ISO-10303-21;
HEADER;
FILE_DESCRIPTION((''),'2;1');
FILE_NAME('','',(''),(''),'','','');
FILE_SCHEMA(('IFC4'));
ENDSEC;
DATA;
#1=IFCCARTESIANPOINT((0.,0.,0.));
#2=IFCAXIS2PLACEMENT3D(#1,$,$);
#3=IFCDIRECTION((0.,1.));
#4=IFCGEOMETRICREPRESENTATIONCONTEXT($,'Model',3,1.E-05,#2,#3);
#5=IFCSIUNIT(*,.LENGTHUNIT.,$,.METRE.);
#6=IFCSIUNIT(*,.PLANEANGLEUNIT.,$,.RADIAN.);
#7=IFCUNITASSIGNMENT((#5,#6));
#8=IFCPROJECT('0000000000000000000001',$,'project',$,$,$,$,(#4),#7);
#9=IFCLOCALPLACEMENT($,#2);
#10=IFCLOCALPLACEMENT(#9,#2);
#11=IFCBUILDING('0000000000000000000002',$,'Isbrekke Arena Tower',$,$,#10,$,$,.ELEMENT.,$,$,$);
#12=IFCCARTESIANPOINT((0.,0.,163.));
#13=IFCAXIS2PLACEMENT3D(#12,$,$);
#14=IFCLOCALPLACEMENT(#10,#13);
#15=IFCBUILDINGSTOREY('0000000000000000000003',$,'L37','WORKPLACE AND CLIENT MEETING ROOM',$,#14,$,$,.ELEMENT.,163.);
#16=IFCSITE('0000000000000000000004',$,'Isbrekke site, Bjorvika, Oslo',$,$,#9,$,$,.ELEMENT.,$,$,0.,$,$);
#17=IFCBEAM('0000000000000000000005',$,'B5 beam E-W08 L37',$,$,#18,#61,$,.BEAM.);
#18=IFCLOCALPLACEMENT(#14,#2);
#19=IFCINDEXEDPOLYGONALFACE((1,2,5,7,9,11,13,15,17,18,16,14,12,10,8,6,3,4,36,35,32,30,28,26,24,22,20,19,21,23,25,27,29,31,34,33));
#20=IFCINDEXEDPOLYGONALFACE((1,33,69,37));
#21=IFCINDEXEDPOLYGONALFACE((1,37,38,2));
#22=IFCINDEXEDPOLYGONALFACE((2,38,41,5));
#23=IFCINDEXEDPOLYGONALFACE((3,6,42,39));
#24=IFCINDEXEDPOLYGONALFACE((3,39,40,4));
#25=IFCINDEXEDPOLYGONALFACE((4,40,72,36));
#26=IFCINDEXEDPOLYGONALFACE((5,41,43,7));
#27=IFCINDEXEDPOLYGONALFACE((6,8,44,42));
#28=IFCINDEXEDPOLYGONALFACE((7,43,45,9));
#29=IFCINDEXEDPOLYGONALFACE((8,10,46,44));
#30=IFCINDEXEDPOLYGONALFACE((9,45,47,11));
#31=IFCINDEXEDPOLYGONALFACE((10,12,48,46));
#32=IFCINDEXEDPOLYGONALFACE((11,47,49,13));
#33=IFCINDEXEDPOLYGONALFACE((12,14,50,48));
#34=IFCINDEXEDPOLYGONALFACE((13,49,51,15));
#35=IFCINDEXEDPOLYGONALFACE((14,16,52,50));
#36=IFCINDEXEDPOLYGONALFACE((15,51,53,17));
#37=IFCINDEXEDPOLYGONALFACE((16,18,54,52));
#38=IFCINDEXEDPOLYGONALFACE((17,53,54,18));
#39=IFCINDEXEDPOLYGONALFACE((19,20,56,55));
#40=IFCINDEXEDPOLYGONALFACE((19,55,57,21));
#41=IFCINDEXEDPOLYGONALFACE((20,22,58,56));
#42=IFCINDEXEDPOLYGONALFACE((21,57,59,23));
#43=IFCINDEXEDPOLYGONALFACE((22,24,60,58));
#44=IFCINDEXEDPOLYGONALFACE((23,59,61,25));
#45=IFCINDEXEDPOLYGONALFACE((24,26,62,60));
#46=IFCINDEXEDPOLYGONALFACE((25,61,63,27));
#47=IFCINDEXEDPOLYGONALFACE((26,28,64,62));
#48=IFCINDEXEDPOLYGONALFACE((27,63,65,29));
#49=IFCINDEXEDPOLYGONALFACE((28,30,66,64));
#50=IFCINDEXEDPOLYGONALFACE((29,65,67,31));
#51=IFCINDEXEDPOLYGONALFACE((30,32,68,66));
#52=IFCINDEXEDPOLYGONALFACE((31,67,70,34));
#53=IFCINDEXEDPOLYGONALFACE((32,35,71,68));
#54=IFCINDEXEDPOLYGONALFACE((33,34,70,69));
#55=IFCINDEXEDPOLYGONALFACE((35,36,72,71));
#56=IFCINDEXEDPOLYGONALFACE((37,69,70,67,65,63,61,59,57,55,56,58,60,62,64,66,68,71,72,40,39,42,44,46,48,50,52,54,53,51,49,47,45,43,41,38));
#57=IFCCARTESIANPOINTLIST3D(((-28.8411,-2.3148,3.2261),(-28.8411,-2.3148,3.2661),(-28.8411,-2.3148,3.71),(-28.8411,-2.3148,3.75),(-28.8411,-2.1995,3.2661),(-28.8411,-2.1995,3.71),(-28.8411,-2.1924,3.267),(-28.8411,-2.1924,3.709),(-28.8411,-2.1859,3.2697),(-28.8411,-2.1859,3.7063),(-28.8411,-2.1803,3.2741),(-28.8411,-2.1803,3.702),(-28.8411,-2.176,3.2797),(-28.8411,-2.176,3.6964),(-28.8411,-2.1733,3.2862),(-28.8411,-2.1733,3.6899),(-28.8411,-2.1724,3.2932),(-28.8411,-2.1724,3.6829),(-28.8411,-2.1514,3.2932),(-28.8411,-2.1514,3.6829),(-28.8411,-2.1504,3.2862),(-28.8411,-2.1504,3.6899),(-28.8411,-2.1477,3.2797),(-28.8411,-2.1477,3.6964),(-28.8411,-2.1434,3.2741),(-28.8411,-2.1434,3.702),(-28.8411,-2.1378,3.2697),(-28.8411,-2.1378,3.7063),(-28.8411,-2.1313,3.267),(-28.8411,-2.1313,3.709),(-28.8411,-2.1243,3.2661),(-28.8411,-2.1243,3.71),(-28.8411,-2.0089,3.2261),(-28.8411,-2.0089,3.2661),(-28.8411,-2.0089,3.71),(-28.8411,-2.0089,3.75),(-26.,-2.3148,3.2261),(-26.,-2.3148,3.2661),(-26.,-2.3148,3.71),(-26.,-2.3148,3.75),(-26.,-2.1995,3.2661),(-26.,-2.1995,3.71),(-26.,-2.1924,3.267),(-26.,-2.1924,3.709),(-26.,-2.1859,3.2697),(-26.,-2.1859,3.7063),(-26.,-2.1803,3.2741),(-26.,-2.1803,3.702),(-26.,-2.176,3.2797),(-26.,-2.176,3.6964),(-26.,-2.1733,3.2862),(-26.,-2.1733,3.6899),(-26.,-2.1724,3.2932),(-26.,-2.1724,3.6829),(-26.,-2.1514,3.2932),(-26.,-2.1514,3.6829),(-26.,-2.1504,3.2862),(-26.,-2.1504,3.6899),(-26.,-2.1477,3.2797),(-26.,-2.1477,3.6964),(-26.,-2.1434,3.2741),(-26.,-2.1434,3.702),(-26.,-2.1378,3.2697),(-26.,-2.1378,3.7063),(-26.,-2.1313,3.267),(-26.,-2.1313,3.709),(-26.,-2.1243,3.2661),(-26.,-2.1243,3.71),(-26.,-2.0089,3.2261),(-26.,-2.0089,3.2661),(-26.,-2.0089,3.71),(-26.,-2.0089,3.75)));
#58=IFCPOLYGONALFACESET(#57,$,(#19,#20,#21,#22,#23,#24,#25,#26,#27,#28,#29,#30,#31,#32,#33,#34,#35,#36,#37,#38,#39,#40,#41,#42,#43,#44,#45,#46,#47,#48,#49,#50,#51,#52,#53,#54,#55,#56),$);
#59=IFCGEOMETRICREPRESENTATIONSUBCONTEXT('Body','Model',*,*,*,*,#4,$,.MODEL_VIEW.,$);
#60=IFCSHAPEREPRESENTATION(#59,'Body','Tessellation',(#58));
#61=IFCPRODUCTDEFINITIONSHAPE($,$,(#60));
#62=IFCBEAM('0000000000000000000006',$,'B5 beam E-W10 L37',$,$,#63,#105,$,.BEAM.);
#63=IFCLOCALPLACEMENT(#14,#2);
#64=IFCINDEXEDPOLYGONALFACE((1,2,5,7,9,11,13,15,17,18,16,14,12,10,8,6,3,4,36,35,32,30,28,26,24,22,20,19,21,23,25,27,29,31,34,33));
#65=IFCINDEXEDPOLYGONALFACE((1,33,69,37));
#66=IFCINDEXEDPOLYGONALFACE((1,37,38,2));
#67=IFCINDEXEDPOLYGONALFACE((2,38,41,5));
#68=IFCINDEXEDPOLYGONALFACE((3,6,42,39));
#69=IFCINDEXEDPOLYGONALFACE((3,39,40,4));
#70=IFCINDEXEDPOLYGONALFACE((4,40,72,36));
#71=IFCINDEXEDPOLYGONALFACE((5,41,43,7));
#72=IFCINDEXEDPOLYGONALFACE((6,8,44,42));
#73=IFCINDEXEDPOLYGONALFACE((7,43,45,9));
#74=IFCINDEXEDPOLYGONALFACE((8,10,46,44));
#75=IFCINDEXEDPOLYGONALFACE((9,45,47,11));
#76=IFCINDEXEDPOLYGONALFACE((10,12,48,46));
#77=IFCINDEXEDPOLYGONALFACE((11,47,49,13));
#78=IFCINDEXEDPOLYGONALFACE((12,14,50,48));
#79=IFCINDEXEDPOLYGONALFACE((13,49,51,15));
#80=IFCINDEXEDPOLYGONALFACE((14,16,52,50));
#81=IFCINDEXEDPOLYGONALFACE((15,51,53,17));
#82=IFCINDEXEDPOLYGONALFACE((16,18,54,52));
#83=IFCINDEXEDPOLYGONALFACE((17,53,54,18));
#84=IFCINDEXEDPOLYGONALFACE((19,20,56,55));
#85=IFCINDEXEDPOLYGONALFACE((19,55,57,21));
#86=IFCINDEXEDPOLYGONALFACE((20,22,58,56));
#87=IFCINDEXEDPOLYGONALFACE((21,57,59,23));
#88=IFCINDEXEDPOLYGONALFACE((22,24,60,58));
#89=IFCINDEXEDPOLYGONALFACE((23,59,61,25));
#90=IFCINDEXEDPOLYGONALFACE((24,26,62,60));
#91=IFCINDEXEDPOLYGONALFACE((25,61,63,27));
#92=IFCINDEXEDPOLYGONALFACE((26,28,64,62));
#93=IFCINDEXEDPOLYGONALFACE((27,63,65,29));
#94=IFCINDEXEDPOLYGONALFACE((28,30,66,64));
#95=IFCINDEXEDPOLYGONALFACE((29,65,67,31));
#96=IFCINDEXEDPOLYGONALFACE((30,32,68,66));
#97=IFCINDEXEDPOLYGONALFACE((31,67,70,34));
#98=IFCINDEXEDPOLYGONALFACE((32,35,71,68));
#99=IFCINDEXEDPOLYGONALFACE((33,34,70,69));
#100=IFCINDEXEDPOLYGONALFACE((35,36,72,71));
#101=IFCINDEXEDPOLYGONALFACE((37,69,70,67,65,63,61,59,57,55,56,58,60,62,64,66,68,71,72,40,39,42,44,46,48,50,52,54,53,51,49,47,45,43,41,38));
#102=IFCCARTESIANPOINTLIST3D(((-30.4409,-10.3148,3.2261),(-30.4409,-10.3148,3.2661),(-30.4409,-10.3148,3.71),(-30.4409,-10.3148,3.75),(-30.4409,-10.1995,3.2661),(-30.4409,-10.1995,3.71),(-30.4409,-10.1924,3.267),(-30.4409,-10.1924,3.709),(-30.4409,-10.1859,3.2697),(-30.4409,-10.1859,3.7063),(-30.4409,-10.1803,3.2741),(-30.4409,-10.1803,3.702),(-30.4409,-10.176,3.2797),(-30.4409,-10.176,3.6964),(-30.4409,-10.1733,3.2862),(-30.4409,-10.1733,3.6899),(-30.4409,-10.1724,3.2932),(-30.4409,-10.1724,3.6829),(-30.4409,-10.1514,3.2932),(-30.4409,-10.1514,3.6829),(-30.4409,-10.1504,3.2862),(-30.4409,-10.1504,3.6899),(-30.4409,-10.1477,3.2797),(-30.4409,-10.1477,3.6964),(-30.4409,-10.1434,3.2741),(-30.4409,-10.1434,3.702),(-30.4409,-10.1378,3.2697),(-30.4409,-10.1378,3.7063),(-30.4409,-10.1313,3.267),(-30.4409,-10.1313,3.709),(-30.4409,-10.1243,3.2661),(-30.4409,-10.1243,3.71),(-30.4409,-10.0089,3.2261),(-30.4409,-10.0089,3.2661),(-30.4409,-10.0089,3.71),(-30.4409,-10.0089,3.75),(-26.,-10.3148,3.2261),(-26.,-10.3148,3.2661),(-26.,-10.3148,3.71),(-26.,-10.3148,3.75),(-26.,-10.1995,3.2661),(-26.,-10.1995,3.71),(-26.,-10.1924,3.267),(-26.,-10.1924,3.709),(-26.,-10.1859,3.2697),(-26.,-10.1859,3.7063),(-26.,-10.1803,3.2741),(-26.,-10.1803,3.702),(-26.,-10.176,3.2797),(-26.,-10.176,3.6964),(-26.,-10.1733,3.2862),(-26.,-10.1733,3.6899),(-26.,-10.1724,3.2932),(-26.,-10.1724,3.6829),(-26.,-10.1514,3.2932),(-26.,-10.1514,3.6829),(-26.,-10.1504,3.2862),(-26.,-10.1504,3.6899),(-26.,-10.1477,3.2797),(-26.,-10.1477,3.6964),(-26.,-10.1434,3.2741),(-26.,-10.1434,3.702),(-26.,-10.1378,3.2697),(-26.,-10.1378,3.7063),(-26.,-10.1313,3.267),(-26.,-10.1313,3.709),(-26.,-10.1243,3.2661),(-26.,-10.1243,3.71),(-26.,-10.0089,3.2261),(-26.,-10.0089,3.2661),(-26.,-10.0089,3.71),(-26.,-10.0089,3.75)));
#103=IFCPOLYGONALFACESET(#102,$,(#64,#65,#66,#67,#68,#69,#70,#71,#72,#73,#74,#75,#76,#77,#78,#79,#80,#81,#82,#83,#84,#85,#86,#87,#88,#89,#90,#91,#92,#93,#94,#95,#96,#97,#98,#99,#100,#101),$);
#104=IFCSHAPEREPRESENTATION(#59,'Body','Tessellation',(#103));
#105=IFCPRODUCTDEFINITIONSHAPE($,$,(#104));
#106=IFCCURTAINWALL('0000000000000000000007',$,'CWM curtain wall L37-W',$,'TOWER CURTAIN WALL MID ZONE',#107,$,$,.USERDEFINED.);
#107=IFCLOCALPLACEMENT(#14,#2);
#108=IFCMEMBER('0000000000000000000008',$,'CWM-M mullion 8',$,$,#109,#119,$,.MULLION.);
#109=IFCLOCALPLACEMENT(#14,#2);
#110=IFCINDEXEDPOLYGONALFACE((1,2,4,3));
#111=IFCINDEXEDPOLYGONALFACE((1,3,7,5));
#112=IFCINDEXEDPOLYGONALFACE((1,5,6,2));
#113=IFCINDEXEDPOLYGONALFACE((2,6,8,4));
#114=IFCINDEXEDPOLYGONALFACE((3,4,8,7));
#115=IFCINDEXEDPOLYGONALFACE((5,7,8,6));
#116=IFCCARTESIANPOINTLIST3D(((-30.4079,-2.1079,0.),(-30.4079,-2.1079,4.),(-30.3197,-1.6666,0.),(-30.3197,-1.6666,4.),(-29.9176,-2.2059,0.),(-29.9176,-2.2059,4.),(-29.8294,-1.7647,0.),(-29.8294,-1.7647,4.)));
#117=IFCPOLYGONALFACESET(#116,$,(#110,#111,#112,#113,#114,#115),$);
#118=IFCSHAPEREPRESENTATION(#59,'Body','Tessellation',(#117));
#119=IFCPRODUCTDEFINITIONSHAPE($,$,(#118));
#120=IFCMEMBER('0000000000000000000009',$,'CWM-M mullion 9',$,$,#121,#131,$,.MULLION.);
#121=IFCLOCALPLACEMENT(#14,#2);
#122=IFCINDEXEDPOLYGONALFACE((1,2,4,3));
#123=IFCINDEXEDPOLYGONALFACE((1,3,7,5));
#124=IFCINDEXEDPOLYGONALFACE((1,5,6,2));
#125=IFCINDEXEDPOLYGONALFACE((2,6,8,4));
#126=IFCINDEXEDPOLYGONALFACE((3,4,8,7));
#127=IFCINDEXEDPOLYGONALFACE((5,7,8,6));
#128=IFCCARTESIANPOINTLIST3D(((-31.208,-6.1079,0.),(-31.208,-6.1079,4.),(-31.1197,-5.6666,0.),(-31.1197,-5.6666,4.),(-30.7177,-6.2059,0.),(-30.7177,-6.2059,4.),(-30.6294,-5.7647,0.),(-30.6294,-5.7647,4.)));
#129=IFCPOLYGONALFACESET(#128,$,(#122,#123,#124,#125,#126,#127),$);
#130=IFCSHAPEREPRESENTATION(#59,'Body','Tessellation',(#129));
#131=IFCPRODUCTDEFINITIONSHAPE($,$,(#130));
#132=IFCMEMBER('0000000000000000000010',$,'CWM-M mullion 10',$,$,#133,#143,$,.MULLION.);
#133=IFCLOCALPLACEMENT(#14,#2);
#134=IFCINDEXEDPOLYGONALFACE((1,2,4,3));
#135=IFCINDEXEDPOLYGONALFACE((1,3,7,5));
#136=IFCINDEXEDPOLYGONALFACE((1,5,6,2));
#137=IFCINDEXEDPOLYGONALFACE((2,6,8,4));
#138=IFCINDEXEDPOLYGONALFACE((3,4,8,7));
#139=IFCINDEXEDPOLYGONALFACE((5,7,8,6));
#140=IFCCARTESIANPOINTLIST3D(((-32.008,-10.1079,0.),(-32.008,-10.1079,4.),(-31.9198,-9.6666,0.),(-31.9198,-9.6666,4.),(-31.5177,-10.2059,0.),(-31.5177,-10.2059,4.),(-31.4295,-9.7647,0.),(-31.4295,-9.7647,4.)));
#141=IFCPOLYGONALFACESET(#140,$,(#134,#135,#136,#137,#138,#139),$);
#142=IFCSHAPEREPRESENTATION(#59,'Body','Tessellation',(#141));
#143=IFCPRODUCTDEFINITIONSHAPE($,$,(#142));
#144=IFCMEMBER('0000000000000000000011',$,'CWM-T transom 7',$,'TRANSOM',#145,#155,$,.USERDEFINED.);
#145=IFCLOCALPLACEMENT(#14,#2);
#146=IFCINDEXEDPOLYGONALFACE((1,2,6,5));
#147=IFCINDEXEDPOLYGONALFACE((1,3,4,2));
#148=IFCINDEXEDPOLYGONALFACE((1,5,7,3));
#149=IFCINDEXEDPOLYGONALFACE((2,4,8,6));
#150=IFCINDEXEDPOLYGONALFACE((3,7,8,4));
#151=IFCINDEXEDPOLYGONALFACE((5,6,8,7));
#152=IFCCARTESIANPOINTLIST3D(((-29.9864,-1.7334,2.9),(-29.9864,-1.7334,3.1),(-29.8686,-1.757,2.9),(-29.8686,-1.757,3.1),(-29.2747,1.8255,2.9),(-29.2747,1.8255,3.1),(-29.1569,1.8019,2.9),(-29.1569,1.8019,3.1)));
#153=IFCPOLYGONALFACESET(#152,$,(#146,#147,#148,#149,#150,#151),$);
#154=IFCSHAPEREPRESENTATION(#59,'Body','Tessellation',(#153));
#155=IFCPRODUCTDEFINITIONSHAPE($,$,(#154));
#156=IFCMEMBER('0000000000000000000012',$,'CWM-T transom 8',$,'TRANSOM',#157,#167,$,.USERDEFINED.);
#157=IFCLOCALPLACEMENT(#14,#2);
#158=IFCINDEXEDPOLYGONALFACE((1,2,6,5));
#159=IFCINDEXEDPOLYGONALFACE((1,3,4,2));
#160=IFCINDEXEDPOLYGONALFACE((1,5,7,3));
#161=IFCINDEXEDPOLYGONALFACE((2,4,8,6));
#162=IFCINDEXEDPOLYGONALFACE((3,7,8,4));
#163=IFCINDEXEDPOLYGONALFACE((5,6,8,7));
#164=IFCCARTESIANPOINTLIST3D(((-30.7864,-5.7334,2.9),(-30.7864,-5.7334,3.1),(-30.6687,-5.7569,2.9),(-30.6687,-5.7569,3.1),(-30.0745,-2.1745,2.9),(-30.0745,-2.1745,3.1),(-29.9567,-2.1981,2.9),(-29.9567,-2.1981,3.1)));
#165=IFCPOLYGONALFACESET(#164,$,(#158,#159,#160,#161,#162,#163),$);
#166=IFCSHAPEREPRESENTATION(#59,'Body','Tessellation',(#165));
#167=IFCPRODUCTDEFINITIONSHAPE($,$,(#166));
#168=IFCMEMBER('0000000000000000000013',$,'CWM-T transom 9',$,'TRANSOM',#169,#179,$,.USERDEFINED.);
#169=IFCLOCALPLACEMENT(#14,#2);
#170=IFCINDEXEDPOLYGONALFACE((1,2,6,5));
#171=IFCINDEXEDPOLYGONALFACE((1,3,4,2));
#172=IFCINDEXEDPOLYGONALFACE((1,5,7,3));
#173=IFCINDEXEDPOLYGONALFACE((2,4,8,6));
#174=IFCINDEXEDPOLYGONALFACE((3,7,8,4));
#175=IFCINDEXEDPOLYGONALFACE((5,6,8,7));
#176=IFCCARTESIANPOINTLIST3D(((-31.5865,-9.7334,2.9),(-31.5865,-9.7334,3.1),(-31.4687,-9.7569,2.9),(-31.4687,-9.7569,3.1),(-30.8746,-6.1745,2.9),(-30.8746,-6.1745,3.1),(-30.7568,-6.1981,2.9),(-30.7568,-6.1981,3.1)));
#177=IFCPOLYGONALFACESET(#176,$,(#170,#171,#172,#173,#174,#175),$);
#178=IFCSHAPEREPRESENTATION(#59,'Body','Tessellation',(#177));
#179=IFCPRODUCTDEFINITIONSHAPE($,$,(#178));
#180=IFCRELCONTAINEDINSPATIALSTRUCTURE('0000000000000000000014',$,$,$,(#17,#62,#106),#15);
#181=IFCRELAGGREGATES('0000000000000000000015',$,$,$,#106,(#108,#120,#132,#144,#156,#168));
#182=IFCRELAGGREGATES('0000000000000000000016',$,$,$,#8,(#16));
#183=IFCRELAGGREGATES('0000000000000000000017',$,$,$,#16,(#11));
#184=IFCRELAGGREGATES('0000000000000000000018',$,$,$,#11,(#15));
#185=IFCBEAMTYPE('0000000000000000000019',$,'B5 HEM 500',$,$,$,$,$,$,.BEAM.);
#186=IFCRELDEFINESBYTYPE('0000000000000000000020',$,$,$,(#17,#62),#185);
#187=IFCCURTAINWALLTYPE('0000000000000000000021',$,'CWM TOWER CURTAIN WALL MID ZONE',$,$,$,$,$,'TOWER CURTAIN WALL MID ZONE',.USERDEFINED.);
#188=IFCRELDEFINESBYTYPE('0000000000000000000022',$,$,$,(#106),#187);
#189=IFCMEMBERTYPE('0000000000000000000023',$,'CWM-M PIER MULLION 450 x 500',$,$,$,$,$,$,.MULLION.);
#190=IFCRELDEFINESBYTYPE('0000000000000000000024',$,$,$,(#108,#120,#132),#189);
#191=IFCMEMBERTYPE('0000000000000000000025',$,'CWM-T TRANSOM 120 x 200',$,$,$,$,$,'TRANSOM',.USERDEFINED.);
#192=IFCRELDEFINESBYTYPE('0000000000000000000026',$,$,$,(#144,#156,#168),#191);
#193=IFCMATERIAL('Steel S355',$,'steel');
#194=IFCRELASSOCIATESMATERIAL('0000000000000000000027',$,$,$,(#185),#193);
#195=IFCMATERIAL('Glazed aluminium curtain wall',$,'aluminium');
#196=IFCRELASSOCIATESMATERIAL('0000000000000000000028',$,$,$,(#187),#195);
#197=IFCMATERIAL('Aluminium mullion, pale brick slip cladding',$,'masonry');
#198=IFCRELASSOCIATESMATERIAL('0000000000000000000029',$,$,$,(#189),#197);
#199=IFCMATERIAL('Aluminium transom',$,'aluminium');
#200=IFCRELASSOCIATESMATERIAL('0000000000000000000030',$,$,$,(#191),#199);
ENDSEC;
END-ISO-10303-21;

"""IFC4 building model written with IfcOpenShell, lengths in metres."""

from ifc_helpers import new_model, si_unit, direction, frame, origin, origin_2d, place, context, subcontext, project, spatial, rectangle, i_section, extrude, material, material_profile, profile_set, type_object, element, aggregate, save


model = new_model("IFC4")

# Units and contexts
model_context = context("Model", 3, precision=1e-05, world=origin(), true_north=direction((0.0, 1.0)))
body_context = subcontext(model_context, "Body", "Model", "MODEL_VIEW")
ifc_project = project(units=[si_unit("LENGTHUNIT", "METRE"), si_unit("PLANEANGLEUNIT", "RADIAN")], contexts=[model_context])

# Site, building, storey
site_placement = place(None, origin())
site = spatial("IfcSite", under=ifc_project, at=site_placement, Name="Isbrekke site, Bjorvika, Oslo", CompositionType="ELEMENT", RefElevation=0.0)
building_placement = place(site_placement, origin())
building = spatial("IfcBuilding", under=site, at=building_placement, Name="Isbrekke Arena Tower", CompositionType="ELEMENT")
storey_placement = place(building_placement, frame((0.0, 0.0, 163.0)))
storey = spatial("IfcBuildingStorey", under=building, at=storey_placement, Name="L37", Description="WORKPLACE AND CLIENT MEETING ROOM", CompositionType="ELEMENT", Elevation=163.0)

# Beams
ifc_material_1 = material(Name="Steel S355", Category="steel")
ifc_material_profile_1 = material_profile(ifc_material_1, i_section(OverallWidth=0.3059, OverallDepth=0.5239, WebThickness=0.021, FlangeThickness=0.04, FilletRadius=0.0271, at=origin_2d()), Name="HEM 500")
ifc_profile_set_1 = profile_set([ifc_material_profile_1], Name="Steel S355")
beam_type_1 = type_object("IfcBeamType", Name="B5 HEM 500", PredefinedType="BEAM", material=ifc_profile_set_1)
beam_1_placement = place(storey_placement, frame((-28.8411, -2.1619, 3.488), z_axis=(1.0, 0.0, 0.0), x_axis=(0.0, 1.0, 0.0)))
element("IfcBeam", 1, at=beam_1_placement, inside=storey, type_object=beam_type_1, Name="B5 beam E-W08 L37", PredefinedType="BEAM", context=body_context, shape_type="SweptSolid", body=[
    extrude(i_section(OverallWidth=0.3059, OverallDepth=0.5239, WebThickness=0.021, FlangeThickness=0.04, FilletRadius=0.0271, at=origin_2d()), origin(), (0.0, 0.0, 1.0), 2.8411),
])
beam_2_placement = place(storey_placement, frame((-30.4409, -10.1619, 3.488), z_axis=(1.0, 0.0, 0.0), x_axis=(0.0, 1.0, 0.0)))
element("IfcBeam", 2, at=beam_2_placement, inside=storey, type_object=beam_type_1, Name="B5 beam E-W10 L37", PredefinedType="BEAM", context=body_context, shape_type="SweptSolid", body=[
    extrude(i_section(OverallWidth=0.3059, OverallDepth=0.5239, WebThickness=0.021, FlangeThickness=0.04, FilletRadius=0.0271, at=origin_2d()), origin(), (0.0, 0.0, 1.0), 4.4409),
])

# Curtain wall, members
ifc_material_2 = material(Name="Glazed aluminium curtain wall", Category="aluminium")
curtain_wall_type = type_object("IfcCurtainWallType", Name="CWM TOWER CURTAIN WALL MID ZONE", ElementType="TOWER CURTAIN WALL MID ZONE", PredefinedType="USERDEFINED", material=ifc_material_2)
curtain_wall_placement = place(storey_placement, origin())
curtain_wall = element("IfcCurtainWall", 3, at=curtain_wall_placement, inside=storey, type_object=curtain_wall_type, Name="CWM curtain wall L37-W", ObjectType="TOWER CURTAIN WALL MID ZONE", PredefinedType="USERDEFINED")
ifc_material_3 = material(Name="Aluminium mullion, pale brick slip cladding", Category="masonry")
ifc_material_profile_2 = material_profile(ifc_material_3, rectangle(XDim=0.45, YDim=0.5, at=origin_2d()), Name="PIER 450X500")
ifc_profile_set_2 = profile_set([ifc_material_profile_2], Name="Aluminium mullion, pale brick slip cladding")
member_type_1 = type_object("IfcMemberType", Name="CWM-M PIER MULLION 450 x 500", PredefinedType="MULLION", material=ifc_profile_set_2)
member_1_placement = place(storey_placement, frame((-30.1187, -1.9363, 0.0), z_axis=(0.0, 0.0, 1.0), x_axis=(-0.196116, -0.980581, 0.0)))
member_1 = element("IfcMember", 4, at=member_1_placement, type_object=member_type_1, Name="CWM-M mullion 8", PredefinedType="MULLION", context=body_context, shape_type="SweptSolid", body=[
    extrude(rectangle(XDim=0.45, YDim=0.5, at=origin_2d()), origin(), (0.0, 0.0, 1.0), 4.0),
])
member_2_placement = place(storey_placement, frame((-30.9187, -5.9363, 0.0), z_axis=(0.0, 0.0, 1.0), x_axis=(-0.196116, -0.980581, 0.0)))
member_2 = element("IfcMember", 5, at=member_2_placement, type_object=member_type_1, Name="CWM-M mullion 9", PredefinedType="MULLION", context=body_context, shape_type="SweptSolid", body=[
    extrude(rectangle(XDim=0.45, YDim=0.5, at=origin_2d()), origin(), (0.0, 0.0, 1.0), 4.0),
])
member_3_placement = place(storey_placement, frame((-31.7188, -9.9363, 0.0), z_axis=(0.0, 0.0, 1.0), x_axis=(-0.196116, -0.980581, 0.0)))
member_3 = element("IfcMember", 6, at=member_3_placement, type_object=member_type_1, Name="CWM-M mullion 10", PredefinedType="MULLION", context=body_context, shape_type="SweptSolid", body=[
    extrude(rectangle(XDim=0.45, YDim=0.5, at=origin_2d()), origin(), (0.0, 0.0, 1.0), 4.0),
])
ifc_material_4 = material(Name="Aluminium transom", Category="aluminium")
ifc_material_profile_3 = material_profile(ifc_material_4, rectangle(XDim=0.1201, YDim=0.2, at=origin_2d()), Name="TRANSOM 120X200")
ifc_profile_set_3 = profile_set([ifc_material_profile_3], Name="Aluminium transom")
member_type_2 = type_object("IfcMemberType", Name="CWM-T TRANSOM 120 x 200", ElementType="TRANSOM", PredefinedType="USERDEFINED", material=ifc_profile_set_3)
member_4_placement = place(storey_placement, frame((-29.2158, 1.8137, 3.0), z_axis=(-0.19609, -0.980586, 0.0), x_axis=(0.980586, -0.19609, 0.0)))
member_4 = element("IfcMember", 7, at=member_4_placement, type_object=member_type_2, Name="CWM-T transom 7", ObjectType="TRANSOM", PredefinedType="USERDEFINED", context=body_context, shape_type="SweptSolid", body=[
    extrude(rectangle(XDim=0.1201, YDim=0.2, at=origin_2d()), origin(), (0.0, 0.0, 1.0), 3.6294),
])
member_5_placement = place(storey_placement, frame((-30.0156, -2.1863, 3.0), z_axis=(-0.196155, -0.980573, 0.0), x_axis=(0.980573, -0.196155, 0.0)))
member_5 = element("IfcMember", 8, at=member_5_placement, type_object=member_type_2, Name="CWM-T transom 8", ObjectType="TRANSOM", PredefinedType="USERDEFINED", context=body_context, shape_type="SweptSolid", body=[
    extrude(rectangle(XDim=0.1201, YDim=0.2, at=origin_2d()), origin(), (0.0, 0.0, 1.0), 3.6294),
])
member_6_placement = place(storey_placement, frame((-30.8157, -6.1863, 3.0), z_axis=(-0.196155, -0.980573, 0.0), x_axis=(0.980573, -0.196155, 0.0)))
member_6 = element("IfcMember", 9, at=member_6_placement, type_object=member_type_2, Name="CWM-T transom 9", ObjectType="TRANSOM", PredefinedType="USERDEFINED", context=body_context, shape_type="SweptSolid", body=[
    extrude(rectangle(XDim=0.1201, YDim=0.2, at=origin_2d()), origin(), (0.0, 0.0, 1.0), 3.6294),
])

aggregate(curtain_wall, [member_1, member_2, member_3, member_4, member_5, member_6])

save(model, "model.ifc")
